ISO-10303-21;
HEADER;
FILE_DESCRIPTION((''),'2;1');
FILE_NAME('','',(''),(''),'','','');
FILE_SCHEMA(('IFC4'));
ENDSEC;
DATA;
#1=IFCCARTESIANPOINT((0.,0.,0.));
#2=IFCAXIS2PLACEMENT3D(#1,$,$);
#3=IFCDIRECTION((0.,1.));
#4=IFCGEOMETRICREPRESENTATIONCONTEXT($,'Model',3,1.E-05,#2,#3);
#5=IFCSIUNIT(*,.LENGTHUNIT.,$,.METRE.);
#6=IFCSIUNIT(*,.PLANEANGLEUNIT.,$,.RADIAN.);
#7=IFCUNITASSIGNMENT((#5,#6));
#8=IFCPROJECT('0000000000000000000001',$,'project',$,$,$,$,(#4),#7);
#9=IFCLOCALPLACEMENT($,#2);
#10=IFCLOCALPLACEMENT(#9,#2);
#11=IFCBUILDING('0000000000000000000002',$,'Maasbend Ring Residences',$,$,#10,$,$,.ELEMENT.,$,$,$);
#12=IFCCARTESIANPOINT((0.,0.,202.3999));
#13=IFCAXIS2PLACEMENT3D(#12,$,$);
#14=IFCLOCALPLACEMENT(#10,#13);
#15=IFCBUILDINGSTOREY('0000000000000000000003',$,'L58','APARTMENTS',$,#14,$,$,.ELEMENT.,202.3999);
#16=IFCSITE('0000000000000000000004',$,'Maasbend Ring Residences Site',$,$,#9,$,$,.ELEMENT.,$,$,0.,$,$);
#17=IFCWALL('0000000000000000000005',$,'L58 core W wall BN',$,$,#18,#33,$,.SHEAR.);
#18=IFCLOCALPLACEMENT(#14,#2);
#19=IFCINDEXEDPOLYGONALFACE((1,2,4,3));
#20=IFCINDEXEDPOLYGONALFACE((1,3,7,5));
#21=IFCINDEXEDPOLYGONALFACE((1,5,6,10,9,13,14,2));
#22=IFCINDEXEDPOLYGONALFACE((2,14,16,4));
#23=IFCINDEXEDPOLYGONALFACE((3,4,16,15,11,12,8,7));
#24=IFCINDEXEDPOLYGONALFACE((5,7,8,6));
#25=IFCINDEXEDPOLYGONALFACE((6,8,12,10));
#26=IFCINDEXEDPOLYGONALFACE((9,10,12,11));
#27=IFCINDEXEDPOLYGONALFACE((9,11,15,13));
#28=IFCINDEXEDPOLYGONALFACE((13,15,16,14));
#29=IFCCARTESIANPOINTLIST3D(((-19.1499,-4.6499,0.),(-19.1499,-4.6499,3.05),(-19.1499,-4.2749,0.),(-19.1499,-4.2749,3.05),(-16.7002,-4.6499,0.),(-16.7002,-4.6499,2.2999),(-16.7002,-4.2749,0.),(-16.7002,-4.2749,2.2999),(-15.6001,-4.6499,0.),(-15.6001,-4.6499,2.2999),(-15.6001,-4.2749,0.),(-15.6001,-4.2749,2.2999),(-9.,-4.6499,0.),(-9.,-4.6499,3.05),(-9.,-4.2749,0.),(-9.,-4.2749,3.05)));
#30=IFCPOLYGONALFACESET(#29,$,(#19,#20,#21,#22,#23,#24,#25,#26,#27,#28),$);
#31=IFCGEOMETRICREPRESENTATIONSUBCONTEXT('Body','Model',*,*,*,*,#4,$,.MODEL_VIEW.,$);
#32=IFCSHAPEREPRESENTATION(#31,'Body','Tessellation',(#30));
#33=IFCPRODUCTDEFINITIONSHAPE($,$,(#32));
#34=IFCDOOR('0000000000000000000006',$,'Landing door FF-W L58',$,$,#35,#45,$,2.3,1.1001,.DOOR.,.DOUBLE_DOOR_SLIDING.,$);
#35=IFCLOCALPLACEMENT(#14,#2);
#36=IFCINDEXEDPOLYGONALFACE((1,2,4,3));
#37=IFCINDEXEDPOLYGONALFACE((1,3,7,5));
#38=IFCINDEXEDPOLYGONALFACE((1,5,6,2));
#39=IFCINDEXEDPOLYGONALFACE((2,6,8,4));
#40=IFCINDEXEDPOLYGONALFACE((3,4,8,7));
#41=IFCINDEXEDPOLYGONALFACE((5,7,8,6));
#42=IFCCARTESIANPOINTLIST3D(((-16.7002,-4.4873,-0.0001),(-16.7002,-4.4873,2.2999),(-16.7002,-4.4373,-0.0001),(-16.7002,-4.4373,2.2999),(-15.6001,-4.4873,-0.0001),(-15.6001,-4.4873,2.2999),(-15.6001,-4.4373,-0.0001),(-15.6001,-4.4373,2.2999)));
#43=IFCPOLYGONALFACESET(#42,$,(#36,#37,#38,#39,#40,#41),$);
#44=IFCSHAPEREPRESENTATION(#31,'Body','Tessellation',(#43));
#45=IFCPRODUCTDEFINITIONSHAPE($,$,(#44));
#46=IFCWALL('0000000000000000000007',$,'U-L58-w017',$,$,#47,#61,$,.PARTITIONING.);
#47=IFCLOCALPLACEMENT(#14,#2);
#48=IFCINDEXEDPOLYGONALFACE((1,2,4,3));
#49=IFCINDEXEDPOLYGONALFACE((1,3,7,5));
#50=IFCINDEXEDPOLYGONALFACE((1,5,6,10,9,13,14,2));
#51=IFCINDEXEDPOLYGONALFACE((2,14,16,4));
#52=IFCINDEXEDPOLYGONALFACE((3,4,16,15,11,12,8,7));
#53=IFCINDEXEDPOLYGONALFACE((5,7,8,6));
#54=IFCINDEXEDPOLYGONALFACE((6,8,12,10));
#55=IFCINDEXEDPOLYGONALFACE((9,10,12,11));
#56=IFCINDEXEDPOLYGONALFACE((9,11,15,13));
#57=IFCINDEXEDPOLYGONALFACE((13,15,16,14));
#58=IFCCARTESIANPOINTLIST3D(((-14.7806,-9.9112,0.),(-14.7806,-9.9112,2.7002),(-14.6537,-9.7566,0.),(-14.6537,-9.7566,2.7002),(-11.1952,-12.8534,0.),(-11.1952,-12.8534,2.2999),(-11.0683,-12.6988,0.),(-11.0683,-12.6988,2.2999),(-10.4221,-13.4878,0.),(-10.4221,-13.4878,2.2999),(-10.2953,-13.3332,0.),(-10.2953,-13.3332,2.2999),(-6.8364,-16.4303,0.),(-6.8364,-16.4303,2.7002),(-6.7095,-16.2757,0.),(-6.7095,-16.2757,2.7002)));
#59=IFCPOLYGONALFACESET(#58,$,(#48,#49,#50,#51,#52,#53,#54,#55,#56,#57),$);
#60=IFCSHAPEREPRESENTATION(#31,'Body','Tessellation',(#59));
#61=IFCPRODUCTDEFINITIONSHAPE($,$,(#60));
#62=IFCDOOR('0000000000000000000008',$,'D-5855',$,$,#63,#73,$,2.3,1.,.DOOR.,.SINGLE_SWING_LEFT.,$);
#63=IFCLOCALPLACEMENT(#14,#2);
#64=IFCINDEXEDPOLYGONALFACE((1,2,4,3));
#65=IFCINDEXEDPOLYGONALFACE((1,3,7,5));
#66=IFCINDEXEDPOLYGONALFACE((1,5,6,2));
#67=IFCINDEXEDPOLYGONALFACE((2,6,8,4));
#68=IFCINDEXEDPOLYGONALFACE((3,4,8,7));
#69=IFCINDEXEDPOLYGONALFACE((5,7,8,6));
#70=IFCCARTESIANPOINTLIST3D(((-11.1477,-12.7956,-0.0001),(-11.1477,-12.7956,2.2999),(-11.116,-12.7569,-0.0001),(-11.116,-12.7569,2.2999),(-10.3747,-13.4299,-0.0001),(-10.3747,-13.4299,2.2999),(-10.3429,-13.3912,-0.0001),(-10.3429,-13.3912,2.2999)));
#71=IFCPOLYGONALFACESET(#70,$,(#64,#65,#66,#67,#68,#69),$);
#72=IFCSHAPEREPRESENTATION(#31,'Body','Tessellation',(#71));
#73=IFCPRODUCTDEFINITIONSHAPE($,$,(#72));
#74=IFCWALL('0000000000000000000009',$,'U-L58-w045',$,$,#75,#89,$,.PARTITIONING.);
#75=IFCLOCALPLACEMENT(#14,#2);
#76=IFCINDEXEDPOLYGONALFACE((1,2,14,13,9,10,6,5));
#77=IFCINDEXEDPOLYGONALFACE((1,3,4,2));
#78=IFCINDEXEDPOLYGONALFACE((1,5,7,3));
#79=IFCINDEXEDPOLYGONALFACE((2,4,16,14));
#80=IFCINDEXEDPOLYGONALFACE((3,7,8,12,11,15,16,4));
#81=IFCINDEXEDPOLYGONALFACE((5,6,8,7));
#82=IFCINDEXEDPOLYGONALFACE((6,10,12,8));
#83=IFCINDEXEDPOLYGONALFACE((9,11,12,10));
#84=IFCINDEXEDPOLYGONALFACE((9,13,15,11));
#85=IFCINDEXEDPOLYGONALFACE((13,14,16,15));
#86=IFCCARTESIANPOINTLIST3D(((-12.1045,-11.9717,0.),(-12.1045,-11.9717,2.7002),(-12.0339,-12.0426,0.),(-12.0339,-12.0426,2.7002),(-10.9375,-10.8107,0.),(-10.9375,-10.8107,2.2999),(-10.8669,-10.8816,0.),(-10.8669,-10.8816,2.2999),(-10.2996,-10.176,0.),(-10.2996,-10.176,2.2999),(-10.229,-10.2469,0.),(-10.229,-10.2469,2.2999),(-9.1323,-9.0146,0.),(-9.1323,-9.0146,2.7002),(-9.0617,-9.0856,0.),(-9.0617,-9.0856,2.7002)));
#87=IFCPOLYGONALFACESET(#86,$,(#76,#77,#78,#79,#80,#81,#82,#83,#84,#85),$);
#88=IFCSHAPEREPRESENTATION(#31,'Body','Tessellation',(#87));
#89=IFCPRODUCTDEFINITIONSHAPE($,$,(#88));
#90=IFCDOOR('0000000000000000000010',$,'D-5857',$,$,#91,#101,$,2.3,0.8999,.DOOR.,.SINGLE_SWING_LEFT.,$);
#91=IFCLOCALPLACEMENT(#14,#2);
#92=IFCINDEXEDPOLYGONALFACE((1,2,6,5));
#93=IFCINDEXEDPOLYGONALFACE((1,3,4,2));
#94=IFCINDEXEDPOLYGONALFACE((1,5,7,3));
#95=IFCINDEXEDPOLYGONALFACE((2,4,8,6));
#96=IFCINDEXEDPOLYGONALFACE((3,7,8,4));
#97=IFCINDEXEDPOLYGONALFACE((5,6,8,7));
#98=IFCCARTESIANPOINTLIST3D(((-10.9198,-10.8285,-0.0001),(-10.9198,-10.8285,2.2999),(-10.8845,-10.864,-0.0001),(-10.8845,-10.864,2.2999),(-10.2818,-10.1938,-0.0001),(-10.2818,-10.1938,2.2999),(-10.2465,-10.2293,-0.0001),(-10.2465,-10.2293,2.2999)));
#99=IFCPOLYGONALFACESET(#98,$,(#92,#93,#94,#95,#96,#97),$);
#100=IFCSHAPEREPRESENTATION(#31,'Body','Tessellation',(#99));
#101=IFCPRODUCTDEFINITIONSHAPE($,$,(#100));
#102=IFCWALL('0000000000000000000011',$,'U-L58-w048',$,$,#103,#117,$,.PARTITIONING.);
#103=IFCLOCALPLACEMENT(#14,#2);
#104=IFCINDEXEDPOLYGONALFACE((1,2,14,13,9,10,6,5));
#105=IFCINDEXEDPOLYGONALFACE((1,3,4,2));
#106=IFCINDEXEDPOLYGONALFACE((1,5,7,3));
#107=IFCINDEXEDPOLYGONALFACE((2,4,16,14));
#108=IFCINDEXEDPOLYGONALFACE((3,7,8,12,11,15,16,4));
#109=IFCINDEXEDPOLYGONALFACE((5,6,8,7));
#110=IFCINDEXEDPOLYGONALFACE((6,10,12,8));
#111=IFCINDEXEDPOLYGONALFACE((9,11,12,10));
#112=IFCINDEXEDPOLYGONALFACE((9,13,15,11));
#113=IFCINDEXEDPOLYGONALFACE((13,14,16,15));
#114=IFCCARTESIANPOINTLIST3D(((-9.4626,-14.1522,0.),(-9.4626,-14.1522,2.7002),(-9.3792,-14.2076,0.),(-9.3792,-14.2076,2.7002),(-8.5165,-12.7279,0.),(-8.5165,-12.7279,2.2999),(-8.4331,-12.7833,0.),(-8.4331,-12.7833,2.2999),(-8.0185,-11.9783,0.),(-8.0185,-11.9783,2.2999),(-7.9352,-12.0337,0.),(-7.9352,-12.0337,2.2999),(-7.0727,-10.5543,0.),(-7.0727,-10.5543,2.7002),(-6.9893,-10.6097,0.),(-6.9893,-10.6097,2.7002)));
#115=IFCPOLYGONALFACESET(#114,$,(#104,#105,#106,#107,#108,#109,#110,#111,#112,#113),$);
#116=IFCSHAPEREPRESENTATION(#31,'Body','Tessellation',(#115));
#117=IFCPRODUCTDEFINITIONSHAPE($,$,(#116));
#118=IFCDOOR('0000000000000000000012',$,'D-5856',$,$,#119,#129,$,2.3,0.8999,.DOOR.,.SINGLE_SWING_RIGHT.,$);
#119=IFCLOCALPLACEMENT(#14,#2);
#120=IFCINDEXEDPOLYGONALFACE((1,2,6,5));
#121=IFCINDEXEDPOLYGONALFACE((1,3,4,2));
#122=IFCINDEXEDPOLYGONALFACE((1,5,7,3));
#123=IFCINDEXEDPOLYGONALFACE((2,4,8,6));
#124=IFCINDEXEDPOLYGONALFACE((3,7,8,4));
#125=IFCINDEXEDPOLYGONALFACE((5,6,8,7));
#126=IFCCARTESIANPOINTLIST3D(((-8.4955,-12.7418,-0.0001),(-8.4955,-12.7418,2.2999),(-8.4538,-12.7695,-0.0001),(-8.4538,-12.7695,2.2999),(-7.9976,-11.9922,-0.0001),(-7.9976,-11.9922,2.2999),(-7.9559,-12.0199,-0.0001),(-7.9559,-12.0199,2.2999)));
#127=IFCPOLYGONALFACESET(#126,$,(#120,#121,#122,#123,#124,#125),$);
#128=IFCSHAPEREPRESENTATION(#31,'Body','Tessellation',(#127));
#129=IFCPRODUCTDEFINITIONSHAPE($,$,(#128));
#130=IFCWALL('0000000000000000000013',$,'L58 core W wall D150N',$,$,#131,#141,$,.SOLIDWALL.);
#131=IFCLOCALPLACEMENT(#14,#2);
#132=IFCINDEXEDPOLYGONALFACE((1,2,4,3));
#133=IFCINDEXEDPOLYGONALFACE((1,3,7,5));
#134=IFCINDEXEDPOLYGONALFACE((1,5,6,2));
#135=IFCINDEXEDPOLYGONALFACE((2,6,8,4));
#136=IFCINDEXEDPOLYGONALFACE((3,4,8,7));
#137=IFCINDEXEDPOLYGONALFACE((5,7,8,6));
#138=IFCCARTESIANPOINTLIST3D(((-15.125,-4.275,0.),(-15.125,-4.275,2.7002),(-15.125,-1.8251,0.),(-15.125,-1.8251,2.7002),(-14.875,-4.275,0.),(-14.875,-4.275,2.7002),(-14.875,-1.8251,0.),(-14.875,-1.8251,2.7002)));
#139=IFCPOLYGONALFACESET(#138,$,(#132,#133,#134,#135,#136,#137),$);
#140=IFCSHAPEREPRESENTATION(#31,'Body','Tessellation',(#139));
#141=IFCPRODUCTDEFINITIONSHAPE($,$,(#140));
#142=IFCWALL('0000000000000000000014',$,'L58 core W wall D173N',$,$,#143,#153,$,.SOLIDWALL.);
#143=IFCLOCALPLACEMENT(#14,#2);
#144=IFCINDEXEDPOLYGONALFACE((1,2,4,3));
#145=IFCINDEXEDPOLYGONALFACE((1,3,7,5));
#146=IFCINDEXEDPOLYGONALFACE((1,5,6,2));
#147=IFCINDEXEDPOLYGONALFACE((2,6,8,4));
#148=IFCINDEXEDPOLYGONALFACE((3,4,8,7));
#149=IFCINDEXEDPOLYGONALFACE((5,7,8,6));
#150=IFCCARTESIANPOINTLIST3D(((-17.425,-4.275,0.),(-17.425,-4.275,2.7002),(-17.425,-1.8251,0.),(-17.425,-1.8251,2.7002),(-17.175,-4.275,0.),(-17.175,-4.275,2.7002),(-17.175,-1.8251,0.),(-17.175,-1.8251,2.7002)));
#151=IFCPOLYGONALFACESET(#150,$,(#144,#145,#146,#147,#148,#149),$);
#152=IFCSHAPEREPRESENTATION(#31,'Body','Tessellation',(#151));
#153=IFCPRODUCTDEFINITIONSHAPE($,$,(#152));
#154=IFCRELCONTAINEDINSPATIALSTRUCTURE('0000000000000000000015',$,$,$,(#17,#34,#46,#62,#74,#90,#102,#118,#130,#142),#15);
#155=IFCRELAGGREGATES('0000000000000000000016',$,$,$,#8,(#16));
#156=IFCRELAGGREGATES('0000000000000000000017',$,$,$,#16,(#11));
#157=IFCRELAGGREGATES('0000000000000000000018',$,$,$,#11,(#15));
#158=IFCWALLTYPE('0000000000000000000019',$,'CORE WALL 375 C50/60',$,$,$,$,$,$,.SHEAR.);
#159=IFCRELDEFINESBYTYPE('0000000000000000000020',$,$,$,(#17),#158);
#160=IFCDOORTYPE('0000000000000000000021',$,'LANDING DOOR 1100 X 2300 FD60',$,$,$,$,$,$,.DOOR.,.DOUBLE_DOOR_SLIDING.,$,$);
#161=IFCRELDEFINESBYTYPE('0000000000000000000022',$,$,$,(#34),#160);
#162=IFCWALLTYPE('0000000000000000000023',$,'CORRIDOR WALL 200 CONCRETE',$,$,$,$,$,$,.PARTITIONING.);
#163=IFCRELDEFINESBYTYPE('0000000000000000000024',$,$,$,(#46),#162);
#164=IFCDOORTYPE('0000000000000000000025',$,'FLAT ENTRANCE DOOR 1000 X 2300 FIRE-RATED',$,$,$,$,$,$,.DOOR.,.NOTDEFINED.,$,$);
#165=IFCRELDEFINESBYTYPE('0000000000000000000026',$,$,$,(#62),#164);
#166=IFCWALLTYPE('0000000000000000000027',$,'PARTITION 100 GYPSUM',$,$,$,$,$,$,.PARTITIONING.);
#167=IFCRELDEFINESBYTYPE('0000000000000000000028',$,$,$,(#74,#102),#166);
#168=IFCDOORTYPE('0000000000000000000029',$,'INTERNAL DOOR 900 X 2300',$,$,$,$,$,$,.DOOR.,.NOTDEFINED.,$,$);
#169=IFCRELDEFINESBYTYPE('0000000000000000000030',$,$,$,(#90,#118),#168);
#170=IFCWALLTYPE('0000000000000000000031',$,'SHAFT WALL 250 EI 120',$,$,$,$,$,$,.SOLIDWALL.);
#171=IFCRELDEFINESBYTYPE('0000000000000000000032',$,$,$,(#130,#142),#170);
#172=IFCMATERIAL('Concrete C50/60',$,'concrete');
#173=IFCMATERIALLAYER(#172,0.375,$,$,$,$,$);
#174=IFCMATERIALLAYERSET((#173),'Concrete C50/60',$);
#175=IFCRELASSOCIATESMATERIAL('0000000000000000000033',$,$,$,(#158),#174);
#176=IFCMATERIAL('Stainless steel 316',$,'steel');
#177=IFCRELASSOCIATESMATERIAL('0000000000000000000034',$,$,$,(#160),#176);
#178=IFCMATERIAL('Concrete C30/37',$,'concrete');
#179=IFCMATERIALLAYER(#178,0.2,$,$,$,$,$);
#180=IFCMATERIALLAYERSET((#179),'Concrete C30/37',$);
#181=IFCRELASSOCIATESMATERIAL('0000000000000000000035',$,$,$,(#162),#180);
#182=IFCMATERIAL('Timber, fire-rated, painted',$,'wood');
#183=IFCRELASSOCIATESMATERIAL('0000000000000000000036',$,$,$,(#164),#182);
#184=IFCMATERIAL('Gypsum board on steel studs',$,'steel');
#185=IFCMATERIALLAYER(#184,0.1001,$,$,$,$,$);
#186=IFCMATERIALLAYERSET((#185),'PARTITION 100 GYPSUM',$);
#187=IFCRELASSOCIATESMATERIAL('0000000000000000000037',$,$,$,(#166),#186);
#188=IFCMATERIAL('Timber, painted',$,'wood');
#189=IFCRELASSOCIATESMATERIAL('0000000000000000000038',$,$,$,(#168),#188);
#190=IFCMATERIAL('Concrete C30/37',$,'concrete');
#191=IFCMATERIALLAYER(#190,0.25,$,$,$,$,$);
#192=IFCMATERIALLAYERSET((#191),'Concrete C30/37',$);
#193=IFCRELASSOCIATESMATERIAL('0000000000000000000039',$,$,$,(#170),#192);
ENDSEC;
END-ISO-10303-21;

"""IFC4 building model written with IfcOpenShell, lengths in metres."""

from ifc_helpers import new_model, si_unit, direction, frame, frame_2d, origin, place, context, subcontext, project, spatial, rectangle, extrude, material, layer, layer_set, type_object, element, fill, save


model = new_model("IFC4")

# Units and contexts
model_context = context("Model", 3, precision=1e-05, world=origin(), true_north=direction((0.0, 1.0)))
body_context = subcontext(model_context, "Body", "Model", "MODEL_VIEW")
ifc_project = project(units=[si_unit("LENGTHUNIT", "METRE"), si_unit("PLANEANGLEUNIT", "RADIAN")], contexts=[model_context])

# Site, building, storey
site_placement = place(None, origin())
site = spatial("IfcSite", under=ifc_project, at=site_placement, Name="Maasbend Ring Residences Site", CompositionType="ELEMENT", RefElevation=0.0)
building_placement = place(site_placement, origin())
building = spatial("IfcBuilding", under=site, at=building_placement, Name="Maasbend Ring Residences", CompositionType="ELEMENT")
storey_placement = place(building_placement, frame((0.0, 0.0, 202.3999)))
storey = spatial("IfcBuildingStorey", under=building, at=storey_placement, Name="L58", Description="APARTMENTS", CompositionType="ELEMENT", Elevation=202.3999)

# Walls, openings, doors
ifc_material_1 = material(Name="Concrete C50/60", Category="concrete")
ifc_layer_1 = layer(ifc_material_1, 0.375)
ifc_layer_set_1 = layer_set([ifc_layer_1], Name="Concrete C50/60")
wall_type_1 = type_object("IfcWallType", Name="CORE WALL 375 C50/60", PredefinedType="SHEAR", material=ifc_layer_set_1)
wall_1_placement = place(storey_placement, frame((-9.0, -4.4624, 0.0), z_axis=(0.0, 0.0, 1.0), x_axis=(-1.0, 0.0, 0.0)))
wall_1 = element("IfcWall", 1, at=wall_1_placement, inside=storey, type_object=wall_type_1, Name="L58 core W wall BN", PredefinedType="SHEAR", context=body_context, shape_type="SweptSolid", body=[
    extrude(rectangle(XDim=10.1499, YDim=0.375, at=frame_2d((5.075, 0.0))), origin(), (0.0, 0.0, 1.0), 3.05),
])
opening_1_placement = place(wall_1_placement, frame((6.6001, 0.0, 0.0)))
opening_1 = element("IfcOpeningElement", 2, at=opening_1_placement, cuts=wall_1, PredefinedType="OPENING", context=body_context, shape_type="SweptSolid", body=[
    extrude(rectangle(XDim=1.1001, YDim=2.3, at=frame_2d((0.55, 1.1499))), frame((0.0, 0.1975, 0.0), z_axis=(0.0, -1.0, 0.0), x_axis=(1.0, 0.0, 0.0)), (0.0, 0.0, 1.0), 0.395),
])
ifc_material_2 = material(Name="Stainless steel 316", Category="steel")
door_type_1 = type_object("IfcDoorType", Name="LANDING DOOR 1100 X 2300 FD60", OperationType="DOUBLE_DOOR_SLIDING", PredefinedType="DOOR", material=ifc_material_2)
door_1_placement = place(opening_1_placement, origin())
door_1 = element("IfcDoor", 3, at=door_1_placement, inside=storey, type_object=door_type_1, Name="Landing door FF-W L58", OperationType="DOUBLE_DOOR_SLIDING", OverallHeight=2.3, OverallWidth=1.1001, PredefinedType="DOOR", context=body_context, shape_type="SweptSolid", body=[
    extrude(rectangle(XDim=1.1001, YDim=2.3, at=frame_2d((0.55, 1.1499))), frame((0.0, 0.0249, 0.0), z_axis=(0.0, -1.0, 0.0), x_axis=(1.0, 0.0, 0.0)), (0.0, 0.0, 1.0), 0.05),
])
fill(opening_1, door_1)
ifc_material_3 = material(Name="Concrete C30/37", Category="concrete")
ifc_layer_2 = layer(ifc_material_3, 0.2)
ifc_layer_set_2 = layer_set([ifc_layer_2], Name="Concrete C30/37")
wall_type_2 = type_object("IfcWallType", Name="CORRIDOR WALL 200 CONCRETE", PredefinedType="PARTITIONING", material=ifc_layer_set_2)
wall_2_placement = place(storey_placement, frame((-14.717, -9.834, 0.0), z_axis=(0.0, 0.0, 1.0), x_axis=(0.773035, -0.634364, 0.0)))
wall_2 = element("IfcWall", 4, at=wall_2_placement, inside=storey, type_object=wall_type_2, Name="U-L58-w017", PredefinedType="PARTITIONING", context=body_context, shape_type="SweptSolid", body=[
    extrude(rectangle(XDim=10.2766, YDim=0.2, at=frame_2d((5.1382, 0.0))), origin(), (0.0, 0.0, 1.0), 2.7002),
])
opening_2_placement = place(wall_2_placement, frame((4.6379, 0.0, 0.0)))
opening_2 = element("IfcOpeningElement", 5, at=opening_2_placement, cuts=wall_2, PredefinedType="OPENING", context=body_context, shape_type="SweptSolid", body=[
    extrude(rectangle(XDim=1.0, YDim=2.3, at=frame_2d((0.5, 1.1499))), frame((0.0, 0.1099, 0.0), z_axis=(0.0, -1.0, 0.0), x_axis=(1.0, 0.0, 0.0)), (0.0, 0.0, 1.0), 0.22),
])
ifc_material_4 = material(Name="Timber, fire-rated, painted", Category="wood")
door_type_2 = type_object("IfcDoorType", Name="FLAT ENTRANCE DOOR 1000 X 2300 FIRE-RATED", OperationType="NOTDEFINED", PredefinedType="DOOR", material=ifc_material_4)
door_2_placement = place(opening_2_placement, origin())
door_2 = element("IfcDoor", 6, at=door_2_placement, inside=storey, type_object=door_type_2, Name="D-5855", OperationType="SINGLE_SWING_LEFT", OverallHeight=2.3, OverallWidth=1.0, PredefinedType="DOOR", context=body_context, shape_type="SweptSolid", body=[
    extrude(rectangle(XDim=1.0, YDim=2.3, at=frame_2d((0.5, 1.1499))), frame((0.0, 0.0249, 0.0), z_axis=(0.0, -1.0, 0.0), x_axis=(1.0, 0.0, 0.0)), (0.0, 0.0, 1.0), 0.05),
])
fill(opening_2, door_2)
ifc_material_5 = material(Name="Gypsum board on steel studs", Category="steel")
ifc_layer_3 = layer(ifc_material_5, 0.1001)
ifc_layer_set_3 = layer_set([ifc_layer_3], Name="PARTITION 100 GYPSUM")
wall_type_3 = type_object("IfcWallType", Name="PARTITION 100 GYPSUM", PredefinedType="PARTITIONING", material=ifc_layer_set_3)
wall_3_placement = place(storey_placement, frame((-12.0691, -12.0071, 0.0), z_axis=(0.0, 0.0, 1.0), x_axis=(0.70891, 0.705299, 0.0)))
wall_3 = element("IfcWall", 7, at=wall_3_placement, inside=storey, type_object=wall_type_3, Name="U-L58-w045", PredefinedType="PARTITIONING", context=body_context, shape_type="SweptSolid", body=[
    extrude(rectangle(XDim=4.1926, YDim=0.1001, at=frame_2d((2.0962, 0.0))), origin(), (0.0, 0.0, 1.0), 2.7002),
])
opening_3_placement = place(wall_3_placement, frame((1.646, 0.0, 0.0)))
opening_3 = element("IfcOpeningElement", 8, at=opening_3_placement, cuts=wall_3, PredefinedType="OPENING", context=body_context, shape_type="SweptSolid", body=[
    extrude(rectangle(XDim=0.8999, YDim=2.3, at=frame_2d((0.45, 1.1499))), frame((0.0, 0.0601, 0.0), z_axis=(0.0, -1.0, 0.0), x_axis=(1.0, 0.0, 0.0)), (0.0, 0.0, 1.0), 0.1201),
])
ifc_material_6 = material(Name="Timber, painted", Category="wood")
door_type_3 = type_object("IfcDoorType", Name="INTERNAL DOOR 900 X 2300", OperationType="NOTDEFINED", PredefinedType="DOOR", material=ifc_material_6)
door_3_placement = place(opening_3_placement, origin())
door_3 = element("IfcDoor", 9, at=door_3_placement, inside=storey, type_object=door_type_3, Name="D-5857", OperationType="SINGLE_SWING_LEFT", OverallHeight=2.3, OverallWidth=0.8999, PredefinedType="DOOR", context=body_context, shape_type="SweptSolid", body=[
    extrude(rectangle(XDim=0.8999, YDim=2.3, at=frame_2d((0.45, 1.1499))), frame((0.0, 0.0249, 0.0), z_axis=(0.0, -1.0, 0.0), x_axis=(1.0, 0.0, 0.0)), (0.0, 0.0, 1.0), 0.05),
])
fill(opening_3, door_3)
wall_4_placement = place(storey_placement, frame((-9.4209, -14.1799, 0.0), z_axis=(0.0, 0.0, 1.0), x_axis=(0.553304, 0.83298, 0.0)))
wall_4 = element("IfcWall", 10, at=wall_4_placement, inside=storey, type_object=wall_type_3, Name="U-L58-w048", PredefinedType="PARTITIONING", context=body_context, shape_type="SweptSolid", body=[
    extrude(rectangle(XDim=4.3193, YDim=0.1001, at=frame_2d((2.1597, 0.0))), origin(), (0.0, 0.0, 1.0), 2.7002),
])
opening_4_placement = place(wall_4_placement, frame((1.71, 0.0, 0.0)))
opening_4 = element("IfcOpeningElement", 11, at=opening_4_placement, cuts=wall_4, PredefinedType="OPENING", context=body_context, shape_type="SweptSolid", body=[
    extrude(rectangle(XDim=0.8999, YDim=2.3, at=frame_2d((0.45, 1.1499))), frame((0.0, 0.0601, 0.0), z_axis=(0.0, -1.0, 0.0), x_axis=(1.0, 0.0, 0.0)), (0.0, 0.0, 1.0), 0.1201),
])
door_4_placement = place(opening_4_placement, origin())
door_4 = element("IfcDoor", 12, at=door_4_placement, inside=storey, type_object=door_type_3, Name="D-5856", OperationType="SINGLE_SWING_RIGHT", OverallHeight=2.3, OverallWidth=0.8999, PredefinedType="DOOR", context=body_context, shape_type="SweptSolid", body=[
    extrude(rectangle(XDim=0.8999, YDim=2.3, at=frame_2d((0.45, 1.1499))), frame((0.0, 0.0249, 0.0), z_axis=(0.0, -1.0, 0.0), x_axis=(1.0, 0.0, 0.0)), (0.0, 0.0, 1.0), 0.05),
])
fill(opening_4, door_4)

# Walls
ifc_material_7 = material(Name="Concrete C30/37", Category="concrete")
ifc_layer_4 = layer(ifc_material_7, 0.25)
ifc_layer_set_4 = layer_set([ifc_layer_4], Name="Concrete C30/37")
wall_type_4 = type_object("IfcWallType", Name="SHAFT WALL 250 EI 120", PredefinedType="SOLIDWALL", material=ifc_layer_set_4)
for number, where, z_axis, x_axis, name in (
    (13, (-15.0, -1.825, 0.0), (0.0, 0.0, 1.0), (0.0, -1.0, 0.0), "L58 core W wall D150N"),
    (14, (-17.3, -1.825, 0.0), (0.0, 0.0, 1.0), (0.0, -1.0, 0.0), "L58 core W wall D173N"),
):
    element("IfcWall", number, at=place(storey_placement, frame(where, z_axis=z_axis, x_axis=x_axis)), inside=storey, type_object=wall_type_4, Name=name, PredefinedType="SOLIDWALL", context=body_context, shape_type="SweptSolid", body=[
        extrude(rectangle(XDim=2.45, YDim=0.25, at=frame_2d((1.2251, 0.0))), origin(), (0.0, 0.0, 1.0), 2.7002),
    ])

save(model, "model.ifc")
